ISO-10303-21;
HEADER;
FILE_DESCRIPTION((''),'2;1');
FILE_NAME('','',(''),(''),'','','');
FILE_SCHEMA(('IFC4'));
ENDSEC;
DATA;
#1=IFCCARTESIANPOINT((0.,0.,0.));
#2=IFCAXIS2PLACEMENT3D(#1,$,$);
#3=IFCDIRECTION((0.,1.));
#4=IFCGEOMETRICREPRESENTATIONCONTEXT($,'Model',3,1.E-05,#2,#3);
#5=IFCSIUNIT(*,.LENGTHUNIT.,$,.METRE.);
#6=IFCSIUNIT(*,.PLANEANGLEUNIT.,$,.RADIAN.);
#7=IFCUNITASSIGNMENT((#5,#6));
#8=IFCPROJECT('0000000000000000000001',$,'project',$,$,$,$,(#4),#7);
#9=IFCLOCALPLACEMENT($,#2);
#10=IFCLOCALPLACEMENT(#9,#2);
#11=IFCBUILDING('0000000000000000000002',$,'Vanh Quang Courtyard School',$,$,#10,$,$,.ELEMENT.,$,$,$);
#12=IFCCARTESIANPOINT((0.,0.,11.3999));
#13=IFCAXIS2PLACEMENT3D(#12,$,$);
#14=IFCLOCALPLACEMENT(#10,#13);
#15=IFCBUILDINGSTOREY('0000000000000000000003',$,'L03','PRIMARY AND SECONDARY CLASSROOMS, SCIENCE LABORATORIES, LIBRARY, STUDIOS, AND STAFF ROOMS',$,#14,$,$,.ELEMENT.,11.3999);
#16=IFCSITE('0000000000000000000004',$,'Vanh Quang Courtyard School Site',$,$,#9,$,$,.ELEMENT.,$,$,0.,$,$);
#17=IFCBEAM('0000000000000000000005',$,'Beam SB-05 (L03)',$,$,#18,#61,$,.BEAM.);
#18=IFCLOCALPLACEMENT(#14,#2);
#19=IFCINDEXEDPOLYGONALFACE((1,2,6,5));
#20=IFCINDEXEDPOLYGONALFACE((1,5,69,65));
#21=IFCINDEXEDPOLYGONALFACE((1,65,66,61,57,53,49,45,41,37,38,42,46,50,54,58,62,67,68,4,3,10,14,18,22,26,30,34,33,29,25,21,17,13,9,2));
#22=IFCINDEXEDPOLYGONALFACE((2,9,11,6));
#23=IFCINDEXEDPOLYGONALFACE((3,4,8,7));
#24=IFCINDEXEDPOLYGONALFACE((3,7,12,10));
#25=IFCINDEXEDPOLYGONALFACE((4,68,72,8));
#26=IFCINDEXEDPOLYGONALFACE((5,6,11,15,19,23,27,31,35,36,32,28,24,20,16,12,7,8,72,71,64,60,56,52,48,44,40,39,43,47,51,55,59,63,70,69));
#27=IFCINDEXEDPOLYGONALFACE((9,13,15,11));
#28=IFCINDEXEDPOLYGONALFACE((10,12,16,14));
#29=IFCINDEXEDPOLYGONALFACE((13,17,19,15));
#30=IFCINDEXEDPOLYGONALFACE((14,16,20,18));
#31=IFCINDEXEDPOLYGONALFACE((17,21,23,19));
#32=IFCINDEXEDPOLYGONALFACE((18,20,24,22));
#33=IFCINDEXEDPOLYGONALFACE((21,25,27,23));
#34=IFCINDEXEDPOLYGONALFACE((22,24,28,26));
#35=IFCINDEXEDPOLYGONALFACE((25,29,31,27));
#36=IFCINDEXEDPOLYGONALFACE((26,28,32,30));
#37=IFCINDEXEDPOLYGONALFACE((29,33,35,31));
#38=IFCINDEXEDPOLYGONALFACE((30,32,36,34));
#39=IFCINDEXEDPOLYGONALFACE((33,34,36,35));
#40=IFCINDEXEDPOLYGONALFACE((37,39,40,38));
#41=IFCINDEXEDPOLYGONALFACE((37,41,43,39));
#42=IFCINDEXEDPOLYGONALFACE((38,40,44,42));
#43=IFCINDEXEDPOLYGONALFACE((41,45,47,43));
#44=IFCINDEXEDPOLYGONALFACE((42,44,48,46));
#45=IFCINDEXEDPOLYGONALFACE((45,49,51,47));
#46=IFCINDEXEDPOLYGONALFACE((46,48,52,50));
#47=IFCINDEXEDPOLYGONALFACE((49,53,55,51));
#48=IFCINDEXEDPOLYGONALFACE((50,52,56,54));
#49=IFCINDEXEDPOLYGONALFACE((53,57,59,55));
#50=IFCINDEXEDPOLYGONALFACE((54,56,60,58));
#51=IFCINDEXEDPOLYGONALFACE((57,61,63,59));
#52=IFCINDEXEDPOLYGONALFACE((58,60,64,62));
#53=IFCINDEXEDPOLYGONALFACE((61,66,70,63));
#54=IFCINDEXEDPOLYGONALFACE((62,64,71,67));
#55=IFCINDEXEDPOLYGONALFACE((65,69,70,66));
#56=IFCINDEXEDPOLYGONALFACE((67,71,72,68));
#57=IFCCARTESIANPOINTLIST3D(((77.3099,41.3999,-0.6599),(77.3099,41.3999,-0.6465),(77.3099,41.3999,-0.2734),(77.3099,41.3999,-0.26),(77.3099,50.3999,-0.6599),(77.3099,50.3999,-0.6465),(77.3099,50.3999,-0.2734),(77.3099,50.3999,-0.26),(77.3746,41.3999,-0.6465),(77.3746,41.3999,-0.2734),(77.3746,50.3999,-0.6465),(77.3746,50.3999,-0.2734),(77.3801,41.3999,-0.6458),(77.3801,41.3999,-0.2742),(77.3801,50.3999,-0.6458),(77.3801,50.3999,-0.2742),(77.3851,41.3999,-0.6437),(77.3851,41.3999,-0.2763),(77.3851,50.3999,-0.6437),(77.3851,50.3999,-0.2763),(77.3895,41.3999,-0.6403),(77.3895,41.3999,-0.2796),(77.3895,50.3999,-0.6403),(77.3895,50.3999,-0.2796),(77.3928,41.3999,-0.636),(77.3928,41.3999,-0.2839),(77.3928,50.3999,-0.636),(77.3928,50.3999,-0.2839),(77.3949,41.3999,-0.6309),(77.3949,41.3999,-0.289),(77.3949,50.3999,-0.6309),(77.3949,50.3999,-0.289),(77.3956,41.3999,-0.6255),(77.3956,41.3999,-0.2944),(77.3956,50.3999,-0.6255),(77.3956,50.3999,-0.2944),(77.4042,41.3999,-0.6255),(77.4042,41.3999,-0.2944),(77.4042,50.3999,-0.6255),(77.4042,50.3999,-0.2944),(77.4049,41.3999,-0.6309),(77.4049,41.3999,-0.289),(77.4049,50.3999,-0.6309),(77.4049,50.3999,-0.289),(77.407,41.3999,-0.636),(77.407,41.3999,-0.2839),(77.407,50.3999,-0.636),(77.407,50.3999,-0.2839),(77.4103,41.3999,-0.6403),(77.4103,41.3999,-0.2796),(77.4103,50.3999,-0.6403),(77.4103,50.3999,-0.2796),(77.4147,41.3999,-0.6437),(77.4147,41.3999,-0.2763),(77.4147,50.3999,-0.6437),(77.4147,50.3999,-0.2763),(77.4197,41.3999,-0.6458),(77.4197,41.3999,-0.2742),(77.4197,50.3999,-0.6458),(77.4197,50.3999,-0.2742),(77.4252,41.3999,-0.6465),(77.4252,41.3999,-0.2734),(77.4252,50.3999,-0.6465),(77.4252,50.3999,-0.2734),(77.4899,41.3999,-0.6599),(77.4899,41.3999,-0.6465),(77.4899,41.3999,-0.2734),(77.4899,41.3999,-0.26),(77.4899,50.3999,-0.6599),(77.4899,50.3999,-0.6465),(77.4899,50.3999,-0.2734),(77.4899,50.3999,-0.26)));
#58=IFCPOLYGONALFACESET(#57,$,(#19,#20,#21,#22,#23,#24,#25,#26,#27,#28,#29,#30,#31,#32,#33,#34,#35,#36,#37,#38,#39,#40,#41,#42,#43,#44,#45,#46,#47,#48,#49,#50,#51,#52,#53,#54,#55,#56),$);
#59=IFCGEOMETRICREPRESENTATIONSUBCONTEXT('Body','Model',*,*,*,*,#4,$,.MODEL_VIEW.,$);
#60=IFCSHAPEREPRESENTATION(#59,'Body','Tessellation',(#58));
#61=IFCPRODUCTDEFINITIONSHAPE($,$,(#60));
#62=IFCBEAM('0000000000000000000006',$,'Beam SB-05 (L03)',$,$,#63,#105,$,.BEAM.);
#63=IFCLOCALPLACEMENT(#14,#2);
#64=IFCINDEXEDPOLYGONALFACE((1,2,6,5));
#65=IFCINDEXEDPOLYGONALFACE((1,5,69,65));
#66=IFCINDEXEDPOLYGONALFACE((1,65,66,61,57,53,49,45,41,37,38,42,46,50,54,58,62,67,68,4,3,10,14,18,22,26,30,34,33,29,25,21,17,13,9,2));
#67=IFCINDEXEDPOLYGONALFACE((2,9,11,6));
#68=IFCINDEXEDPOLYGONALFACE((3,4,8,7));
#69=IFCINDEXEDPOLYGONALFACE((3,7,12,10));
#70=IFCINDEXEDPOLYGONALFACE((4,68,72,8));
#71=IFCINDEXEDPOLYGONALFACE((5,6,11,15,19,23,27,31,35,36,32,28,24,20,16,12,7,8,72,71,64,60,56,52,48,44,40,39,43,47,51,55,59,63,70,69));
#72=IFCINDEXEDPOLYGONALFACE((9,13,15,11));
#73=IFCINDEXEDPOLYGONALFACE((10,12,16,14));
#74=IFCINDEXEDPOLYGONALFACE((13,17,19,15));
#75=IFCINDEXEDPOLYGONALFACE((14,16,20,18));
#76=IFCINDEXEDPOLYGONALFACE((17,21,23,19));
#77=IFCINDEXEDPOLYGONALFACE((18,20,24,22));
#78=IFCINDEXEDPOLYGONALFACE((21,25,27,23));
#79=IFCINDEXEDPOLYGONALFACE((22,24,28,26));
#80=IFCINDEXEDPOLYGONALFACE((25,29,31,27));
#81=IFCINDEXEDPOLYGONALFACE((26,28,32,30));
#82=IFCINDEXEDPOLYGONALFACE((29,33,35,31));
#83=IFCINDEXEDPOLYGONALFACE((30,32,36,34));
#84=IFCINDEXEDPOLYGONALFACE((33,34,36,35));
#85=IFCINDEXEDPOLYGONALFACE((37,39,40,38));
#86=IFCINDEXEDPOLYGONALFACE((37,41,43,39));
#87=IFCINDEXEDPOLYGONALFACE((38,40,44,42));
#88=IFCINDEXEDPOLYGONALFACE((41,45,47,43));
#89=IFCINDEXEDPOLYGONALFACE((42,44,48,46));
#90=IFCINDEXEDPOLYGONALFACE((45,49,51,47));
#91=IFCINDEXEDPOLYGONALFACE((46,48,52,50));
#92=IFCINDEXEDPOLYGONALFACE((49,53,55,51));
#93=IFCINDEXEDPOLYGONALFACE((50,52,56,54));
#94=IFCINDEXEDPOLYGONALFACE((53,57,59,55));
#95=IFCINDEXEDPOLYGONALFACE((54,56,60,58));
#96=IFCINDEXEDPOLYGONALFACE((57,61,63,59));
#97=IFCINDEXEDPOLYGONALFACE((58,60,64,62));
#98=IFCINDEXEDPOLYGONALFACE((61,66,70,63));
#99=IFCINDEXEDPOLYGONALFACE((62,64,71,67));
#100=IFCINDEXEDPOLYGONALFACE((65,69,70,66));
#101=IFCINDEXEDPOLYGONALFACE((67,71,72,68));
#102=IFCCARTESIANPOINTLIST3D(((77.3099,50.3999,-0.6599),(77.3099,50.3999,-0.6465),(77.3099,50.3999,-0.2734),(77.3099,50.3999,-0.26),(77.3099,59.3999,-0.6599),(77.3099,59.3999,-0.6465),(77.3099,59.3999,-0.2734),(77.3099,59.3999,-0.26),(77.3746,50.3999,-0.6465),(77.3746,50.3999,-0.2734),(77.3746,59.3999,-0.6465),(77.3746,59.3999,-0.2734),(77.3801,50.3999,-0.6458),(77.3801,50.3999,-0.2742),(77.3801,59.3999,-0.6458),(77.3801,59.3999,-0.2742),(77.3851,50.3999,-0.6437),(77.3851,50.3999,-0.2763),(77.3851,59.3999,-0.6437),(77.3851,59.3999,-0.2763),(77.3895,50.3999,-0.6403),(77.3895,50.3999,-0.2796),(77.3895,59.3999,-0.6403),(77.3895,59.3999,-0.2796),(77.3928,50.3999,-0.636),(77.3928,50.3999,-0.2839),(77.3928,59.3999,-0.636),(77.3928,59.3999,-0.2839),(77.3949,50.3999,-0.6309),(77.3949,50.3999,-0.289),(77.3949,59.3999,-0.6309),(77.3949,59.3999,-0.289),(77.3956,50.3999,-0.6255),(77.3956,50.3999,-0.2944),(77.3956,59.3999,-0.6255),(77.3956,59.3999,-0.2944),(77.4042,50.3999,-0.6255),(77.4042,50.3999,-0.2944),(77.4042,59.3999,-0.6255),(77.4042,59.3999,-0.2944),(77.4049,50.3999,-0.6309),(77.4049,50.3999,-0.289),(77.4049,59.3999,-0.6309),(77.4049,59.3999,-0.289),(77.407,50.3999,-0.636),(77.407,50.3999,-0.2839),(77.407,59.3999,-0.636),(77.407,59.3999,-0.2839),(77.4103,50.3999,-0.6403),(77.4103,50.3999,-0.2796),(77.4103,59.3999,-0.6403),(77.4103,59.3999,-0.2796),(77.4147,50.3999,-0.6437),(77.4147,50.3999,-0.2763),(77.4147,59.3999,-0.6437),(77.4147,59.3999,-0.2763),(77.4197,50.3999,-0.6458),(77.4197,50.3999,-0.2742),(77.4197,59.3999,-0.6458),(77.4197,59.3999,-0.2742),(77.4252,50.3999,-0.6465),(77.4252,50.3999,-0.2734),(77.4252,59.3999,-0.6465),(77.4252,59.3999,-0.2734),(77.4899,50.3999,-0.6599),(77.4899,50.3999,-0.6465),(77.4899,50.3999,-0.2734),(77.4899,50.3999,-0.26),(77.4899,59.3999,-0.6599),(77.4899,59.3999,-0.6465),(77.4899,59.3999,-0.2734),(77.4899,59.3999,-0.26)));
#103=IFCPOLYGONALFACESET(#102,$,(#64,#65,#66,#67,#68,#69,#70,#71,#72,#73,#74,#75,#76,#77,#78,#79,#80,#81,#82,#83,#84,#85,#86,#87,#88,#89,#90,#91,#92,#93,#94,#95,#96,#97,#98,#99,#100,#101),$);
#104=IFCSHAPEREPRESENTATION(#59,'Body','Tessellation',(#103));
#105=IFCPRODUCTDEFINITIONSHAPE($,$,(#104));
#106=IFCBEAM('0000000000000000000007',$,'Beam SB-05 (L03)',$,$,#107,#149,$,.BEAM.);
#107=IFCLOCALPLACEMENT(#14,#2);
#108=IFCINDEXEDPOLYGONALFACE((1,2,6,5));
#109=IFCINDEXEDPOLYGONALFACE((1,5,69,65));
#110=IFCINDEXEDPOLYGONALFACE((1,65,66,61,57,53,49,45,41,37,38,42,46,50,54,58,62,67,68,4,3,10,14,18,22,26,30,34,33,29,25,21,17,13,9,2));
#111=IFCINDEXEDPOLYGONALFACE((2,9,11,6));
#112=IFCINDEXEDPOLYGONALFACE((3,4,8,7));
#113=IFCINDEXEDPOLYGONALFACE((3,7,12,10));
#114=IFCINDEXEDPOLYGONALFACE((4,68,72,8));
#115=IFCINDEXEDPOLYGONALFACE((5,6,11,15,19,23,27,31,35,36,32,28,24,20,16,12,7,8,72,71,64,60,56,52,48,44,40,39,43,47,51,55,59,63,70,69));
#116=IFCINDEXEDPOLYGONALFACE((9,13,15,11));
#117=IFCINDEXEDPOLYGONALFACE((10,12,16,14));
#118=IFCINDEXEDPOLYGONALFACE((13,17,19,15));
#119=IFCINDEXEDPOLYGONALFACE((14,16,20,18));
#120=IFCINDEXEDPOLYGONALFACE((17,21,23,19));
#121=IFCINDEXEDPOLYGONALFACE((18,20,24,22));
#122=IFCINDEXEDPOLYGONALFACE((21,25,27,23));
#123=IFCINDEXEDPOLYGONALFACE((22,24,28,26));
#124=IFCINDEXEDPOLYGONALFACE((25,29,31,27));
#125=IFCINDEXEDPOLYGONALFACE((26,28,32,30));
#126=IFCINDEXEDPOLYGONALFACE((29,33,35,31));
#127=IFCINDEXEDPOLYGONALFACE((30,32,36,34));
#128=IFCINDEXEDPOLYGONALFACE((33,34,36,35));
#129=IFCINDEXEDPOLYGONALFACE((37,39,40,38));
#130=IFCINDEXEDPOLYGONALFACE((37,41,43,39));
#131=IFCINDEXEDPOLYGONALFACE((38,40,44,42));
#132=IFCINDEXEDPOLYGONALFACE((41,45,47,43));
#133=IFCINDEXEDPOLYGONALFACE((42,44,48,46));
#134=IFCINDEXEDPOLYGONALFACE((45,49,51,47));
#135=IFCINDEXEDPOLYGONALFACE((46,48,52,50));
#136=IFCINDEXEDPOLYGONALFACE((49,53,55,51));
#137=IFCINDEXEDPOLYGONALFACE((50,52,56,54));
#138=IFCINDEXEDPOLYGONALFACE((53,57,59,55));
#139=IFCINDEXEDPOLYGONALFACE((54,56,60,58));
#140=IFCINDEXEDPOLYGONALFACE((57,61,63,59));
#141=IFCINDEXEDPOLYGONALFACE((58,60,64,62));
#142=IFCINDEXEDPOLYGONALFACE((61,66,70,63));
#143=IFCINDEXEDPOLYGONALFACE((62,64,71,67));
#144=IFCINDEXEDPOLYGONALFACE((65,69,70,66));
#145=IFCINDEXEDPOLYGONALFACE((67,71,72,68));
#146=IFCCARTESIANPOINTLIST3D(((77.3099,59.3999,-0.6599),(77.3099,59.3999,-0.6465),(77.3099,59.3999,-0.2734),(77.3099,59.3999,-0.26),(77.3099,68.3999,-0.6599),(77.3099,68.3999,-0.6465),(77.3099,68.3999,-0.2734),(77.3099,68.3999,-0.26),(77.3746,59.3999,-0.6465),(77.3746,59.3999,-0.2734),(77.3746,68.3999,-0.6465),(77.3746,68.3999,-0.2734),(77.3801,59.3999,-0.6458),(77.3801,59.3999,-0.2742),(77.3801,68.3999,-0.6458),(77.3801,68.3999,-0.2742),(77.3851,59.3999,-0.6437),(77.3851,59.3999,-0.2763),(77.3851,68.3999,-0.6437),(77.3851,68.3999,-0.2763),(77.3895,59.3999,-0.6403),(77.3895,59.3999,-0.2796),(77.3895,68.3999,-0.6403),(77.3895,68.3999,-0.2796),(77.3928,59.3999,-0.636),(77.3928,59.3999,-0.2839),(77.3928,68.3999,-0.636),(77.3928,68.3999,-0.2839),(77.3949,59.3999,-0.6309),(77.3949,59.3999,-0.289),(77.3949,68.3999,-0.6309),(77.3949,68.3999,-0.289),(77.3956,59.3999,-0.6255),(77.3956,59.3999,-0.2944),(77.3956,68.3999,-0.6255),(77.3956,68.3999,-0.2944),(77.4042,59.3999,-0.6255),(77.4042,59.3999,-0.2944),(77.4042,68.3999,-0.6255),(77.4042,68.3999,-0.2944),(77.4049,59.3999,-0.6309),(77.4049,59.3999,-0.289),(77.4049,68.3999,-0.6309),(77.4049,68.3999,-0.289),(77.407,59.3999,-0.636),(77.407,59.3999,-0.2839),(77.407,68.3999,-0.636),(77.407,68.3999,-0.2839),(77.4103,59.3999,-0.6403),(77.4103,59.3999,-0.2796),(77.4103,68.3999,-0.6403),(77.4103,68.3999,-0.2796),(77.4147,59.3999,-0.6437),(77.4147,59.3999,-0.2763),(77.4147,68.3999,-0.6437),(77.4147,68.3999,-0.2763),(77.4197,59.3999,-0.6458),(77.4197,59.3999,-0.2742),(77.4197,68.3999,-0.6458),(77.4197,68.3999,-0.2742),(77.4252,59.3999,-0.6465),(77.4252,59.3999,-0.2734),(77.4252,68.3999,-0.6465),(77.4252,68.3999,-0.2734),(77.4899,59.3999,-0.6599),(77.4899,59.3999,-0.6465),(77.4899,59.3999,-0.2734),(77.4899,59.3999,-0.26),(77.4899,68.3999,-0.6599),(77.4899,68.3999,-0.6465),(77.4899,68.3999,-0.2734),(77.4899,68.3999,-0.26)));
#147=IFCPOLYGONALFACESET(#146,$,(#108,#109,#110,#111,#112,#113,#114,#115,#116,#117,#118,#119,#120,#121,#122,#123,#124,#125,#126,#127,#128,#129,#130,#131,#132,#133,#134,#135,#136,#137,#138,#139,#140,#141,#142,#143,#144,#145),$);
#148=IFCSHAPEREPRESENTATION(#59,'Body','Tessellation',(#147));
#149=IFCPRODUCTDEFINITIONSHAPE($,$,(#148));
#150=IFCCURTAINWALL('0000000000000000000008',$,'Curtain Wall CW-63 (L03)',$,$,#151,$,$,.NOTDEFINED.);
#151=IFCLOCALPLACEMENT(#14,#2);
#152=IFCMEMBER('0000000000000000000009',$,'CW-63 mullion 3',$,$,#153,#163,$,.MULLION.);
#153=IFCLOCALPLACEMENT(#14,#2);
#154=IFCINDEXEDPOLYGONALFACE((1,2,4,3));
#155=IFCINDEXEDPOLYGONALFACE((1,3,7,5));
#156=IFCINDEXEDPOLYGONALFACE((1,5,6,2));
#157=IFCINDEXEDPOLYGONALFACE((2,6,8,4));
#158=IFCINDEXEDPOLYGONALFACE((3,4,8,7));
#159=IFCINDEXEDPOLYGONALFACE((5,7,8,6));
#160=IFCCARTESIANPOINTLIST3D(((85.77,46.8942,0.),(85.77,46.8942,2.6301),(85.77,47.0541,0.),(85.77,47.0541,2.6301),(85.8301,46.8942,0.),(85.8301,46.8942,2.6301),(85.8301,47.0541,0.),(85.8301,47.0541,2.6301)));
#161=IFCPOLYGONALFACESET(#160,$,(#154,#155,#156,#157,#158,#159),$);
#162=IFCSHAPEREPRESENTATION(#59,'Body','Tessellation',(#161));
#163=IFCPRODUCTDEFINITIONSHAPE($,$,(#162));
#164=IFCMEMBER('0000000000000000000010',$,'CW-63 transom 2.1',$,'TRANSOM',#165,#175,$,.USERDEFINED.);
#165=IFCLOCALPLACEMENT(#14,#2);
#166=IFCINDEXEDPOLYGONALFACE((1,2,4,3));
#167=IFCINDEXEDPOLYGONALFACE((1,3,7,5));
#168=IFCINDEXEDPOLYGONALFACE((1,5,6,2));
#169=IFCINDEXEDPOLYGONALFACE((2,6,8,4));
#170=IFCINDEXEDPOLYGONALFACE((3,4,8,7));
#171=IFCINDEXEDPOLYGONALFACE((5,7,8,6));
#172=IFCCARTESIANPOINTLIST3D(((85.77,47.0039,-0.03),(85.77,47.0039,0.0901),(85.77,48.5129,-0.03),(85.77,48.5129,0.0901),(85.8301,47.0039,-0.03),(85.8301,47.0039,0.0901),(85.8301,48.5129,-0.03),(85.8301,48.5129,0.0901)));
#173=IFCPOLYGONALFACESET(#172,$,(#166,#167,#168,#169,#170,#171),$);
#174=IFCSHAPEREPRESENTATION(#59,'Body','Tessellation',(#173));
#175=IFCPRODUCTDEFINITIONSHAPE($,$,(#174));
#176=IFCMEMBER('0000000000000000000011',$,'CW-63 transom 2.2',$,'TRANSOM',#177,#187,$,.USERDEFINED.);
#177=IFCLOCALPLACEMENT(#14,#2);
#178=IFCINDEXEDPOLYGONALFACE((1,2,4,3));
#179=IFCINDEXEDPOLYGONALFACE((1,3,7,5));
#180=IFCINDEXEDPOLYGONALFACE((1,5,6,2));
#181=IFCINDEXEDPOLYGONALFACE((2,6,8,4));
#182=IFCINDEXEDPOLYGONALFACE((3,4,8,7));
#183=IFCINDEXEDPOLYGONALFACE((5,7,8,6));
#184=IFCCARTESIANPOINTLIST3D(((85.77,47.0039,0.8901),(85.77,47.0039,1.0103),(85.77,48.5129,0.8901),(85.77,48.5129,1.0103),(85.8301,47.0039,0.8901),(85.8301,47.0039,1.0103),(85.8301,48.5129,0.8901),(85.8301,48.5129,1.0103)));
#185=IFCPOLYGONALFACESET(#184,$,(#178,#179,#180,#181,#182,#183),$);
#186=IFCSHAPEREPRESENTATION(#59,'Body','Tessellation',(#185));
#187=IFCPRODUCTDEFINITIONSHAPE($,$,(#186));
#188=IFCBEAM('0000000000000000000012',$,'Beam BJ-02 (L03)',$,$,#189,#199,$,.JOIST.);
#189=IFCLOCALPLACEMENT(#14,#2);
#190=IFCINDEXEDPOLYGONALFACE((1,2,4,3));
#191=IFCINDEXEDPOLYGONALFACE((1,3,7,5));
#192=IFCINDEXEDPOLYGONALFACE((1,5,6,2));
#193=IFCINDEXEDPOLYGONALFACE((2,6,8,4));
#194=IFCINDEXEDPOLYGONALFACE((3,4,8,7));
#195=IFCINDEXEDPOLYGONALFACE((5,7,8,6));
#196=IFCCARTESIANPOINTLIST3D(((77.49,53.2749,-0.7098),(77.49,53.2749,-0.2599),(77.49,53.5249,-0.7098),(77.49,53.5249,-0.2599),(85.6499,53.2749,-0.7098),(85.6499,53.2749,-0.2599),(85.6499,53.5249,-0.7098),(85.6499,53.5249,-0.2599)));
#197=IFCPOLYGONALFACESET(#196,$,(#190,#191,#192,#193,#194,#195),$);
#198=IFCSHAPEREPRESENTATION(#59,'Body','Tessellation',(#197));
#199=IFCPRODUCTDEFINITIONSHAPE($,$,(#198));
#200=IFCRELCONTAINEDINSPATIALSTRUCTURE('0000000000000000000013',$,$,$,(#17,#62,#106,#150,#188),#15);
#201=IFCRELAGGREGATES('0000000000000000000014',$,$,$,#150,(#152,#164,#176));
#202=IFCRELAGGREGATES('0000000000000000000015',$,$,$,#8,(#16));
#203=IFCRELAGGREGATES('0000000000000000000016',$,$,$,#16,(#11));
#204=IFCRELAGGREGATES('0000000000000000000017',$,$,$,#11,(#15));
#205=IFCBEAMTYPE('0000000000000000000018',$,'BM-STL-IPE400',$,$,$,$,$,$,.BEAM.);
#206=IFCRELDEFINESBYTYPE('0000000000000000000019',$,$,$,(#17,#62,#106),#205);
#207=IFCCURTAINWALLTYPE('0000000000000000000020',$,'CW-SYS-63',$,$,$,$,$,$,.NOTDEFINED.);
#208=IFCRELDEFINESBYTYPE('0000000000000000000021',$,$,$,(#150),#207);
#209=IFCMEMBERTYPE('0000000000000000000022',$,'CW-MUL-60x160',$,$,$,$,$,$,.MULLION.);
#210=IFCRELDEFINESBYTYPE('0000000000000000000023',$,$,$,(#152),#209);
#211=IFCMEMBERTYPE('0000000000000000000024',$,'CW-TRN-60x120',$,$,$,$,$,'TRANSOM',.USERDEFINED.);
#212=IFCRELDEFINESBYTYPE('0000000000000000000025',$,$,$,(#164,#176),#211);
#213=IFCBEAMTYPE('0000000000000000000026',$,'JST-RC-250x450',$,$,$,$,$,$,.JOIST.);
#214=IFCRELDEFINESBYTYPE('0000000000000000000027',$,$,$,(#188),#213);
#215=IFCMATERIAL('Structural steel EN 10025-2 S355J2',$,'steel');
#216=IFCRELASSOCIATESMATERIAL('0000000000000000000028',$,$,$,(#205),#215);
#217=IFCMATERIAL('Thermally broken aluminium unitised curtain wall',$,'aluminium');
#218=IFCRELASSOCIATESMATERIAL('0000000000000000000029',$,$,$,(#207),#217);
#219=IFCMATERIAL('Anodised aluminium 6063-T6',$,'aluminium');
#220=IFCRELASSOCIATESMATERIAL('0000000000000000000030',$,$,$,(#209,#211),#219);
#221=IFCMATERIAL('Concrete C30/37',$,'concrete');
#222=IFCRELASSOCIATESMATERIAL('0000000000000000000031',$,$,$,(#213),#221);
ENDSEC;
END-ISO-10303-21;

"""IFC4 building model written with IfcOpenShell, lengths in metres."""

from ifc_helpers import new_model, si_unit, direction, frame, origin, origin_2d, place, context, subcontext, project, spatial, rectangle, i_section, extrude, material, material_profile, profile_set, type_object, element, aggregate, save


model = new_model("IFC4")

# Units and contexts
model_context = context("Model", 3, precision=1e-05, world=origin(), true_north=direction((0.0, 1.0)))
body_context = subcontext(model_context, "Body", "Model", "MODEL_VIEW")
ifc_project = project(units=[si_unit("LENGTHUNIT", "METRE"), si_unit("PLANEANGLEUNIT", "RADIAN")], contexts=[model_context])

# Site, building, storey
site_placement = place(None, origin())
site = spatial("IfcSite", under=ifc_project, at=site_placement, Name="Vanh Quang Courtyard School Site", CompositionType="ELEMENT", RefElevation=0.0)
building_placement = place(site_placement, origin())
building = spatial("IfcBuilding", under=site, at=building_placement, Name="Vanh Quang Courtyard School", CompositionType="ELEMENT")
storey_placement = place(building_placement, frame((0.0, 0.0, 11.3999)))
storey = spatial("IfcBuildingStorey", under=building, at=storey_placement, Name="L03", Description="PRIMARY AND SECONDARY CLASSROOMS, SCIENCE LABORATORIES, LIBRARY, STUDIOS, AND STAFF ROOMS", CompositionType="ELEMENT", Elevation=11.3999)

# Beams
ifc_material_1 = material(Name="Structural steel EN 10025-2 S355J2", Category="steel")
ifc_material_profile_1 = material_profile(ifc_material_1, i_section(OverallWidth=0.1799, OverallDepth=0.3999, WebThickness=0.0085, FlangeThickness=0.0134, FilletRadius=0.021, at=origin_2d()), Name="IPE 400")
ifc_profile_set_1 = profile_set([ifc_material_profile_1], Name="Structural steel EN 10025-2 S355J2")
beam_type_1 = type_object("IfcBeamType", Name="BM-STL-IPE400", PredefinedType="BEAM", material=ifc_profile_set_1)
for number, where, z_axis, x_axis, name in (
    (1, (77.3999, 41.3999, -0.46), (0.0, 1.0, 0.0), (-1.0, 0.0, 0.0), "Beam SB-05 (L03)"),
    (2, (77.3999, 50.3999, -0.46), (0.0, 1.0, 0.0), (-1.0, 0.0, 0.0), "Beam SB-05 (L03)"),
    (3, (77.3999, 59.3999, -0.46), (0.0, 1.0, 0.0), (-1.0, 0.0, 0.0), "Beam SB-05 (L03)"),
):
    element("IfcBeam", number, at=place(storey_placement, frame(where, z_axis=z_axis, x_axis=x_axis)), inside=storey, type_object=beam_type_1, Name=name, PredefinedType="BEAM", context=body_context, shape_type="SweptSolid", body=[
        extrude(i_section(OverallWidth=0.1799, OverallDepth=0.3999, WebThickness=0.0085, FlangeThickness=0.0134, FilletRadius=0.021, at=origin_2d()), origin(), (0.0, 0.0, 1.0), 9.0),
    ])

# Curtain wall, members
ifc_material_2 = material(Name="Thermally broken aluminium unitised curtain wall", Category="aluminium")
curtain_wall_type = type_object("IfcCurtainWallType", Name="CW-SYS-63", PredefinedType="NOTDEFINED", material=ifc_material_2)
curtain_wall_placement = place(storey_placement, origin())
curtain_wall = element("IfcCurtainWall", 4, at=curtain_wall_placement, inside=storey, type_object=curtain_wall_type, Name="Curtain Wall CW-63 (L03)", PredefinedType="NOTDEFINED")
ifc_material_3 = material(Name="Anodised aluminium 6063-T6", Category="aluminium")
ifc_material_profile_2 = material_profile(ifc_material_3, rectangle(XDim=0.0601, YDim=0.1599, at=origin_2d()), Name="ALU-MUL 60x160")
ifc_profile_set_2 = profile_set([ifc_material_profile_2], Name="Anodised aluminium 6063-T6")
member_type_1 = type_object("IfcMemberType", Name="CW-MUL-60x160", PredefinedType="MULLION", material=ifc_profile_set_2)
member_1_placement = place(storey_placement, frame((85.8, 46.9741, 0.0), z_axis=(0.0, 0.0, 1.0), x_axis=(1.0, 0.0, 0.0)))
member_1 = element("IfcMember", 5, at=member_1_placement, type_object=member_type_1, Name="CW-63 mullion 3", PredefinedType="MULLION", context=body_context, shape_type="SweptSolid", body=[
    extrude(rectangle(XDim=0.0601, YDim=0.1599, at=origin_2d()), origin(), (0.0, 0.0, 1.0), 2.6301),
])
ifc_material_profile_3 = material_profile(ifc_material_3, rectangle(XDim=0.0601, YDim=0.1201, at=origin_2d()), Name="ALU-TRN 60x120")
ifc_profile_set_3 = profile_set([ifc_material_profile_3], Name="Anodised aluminium 6063-T6")
member_type_2 = type_object("IfcMemberType", Name="CW-TRN-60x120", ElementType="TRANSOM", PredefinedType="USERDEFINED", material=ifc_profile_set_3)
member_2_placement = place(storey_placement, frame((85.8, 48.5129, 0.03), z_axis=(0.0, -1.0, 0.0), x_axis=(1.0, 0.0, 0.0)))
member_2 = element("IfcMember", 6, at=member_2_placement, type_object=member_type_2, Name="CW-63 transom 2.1", ObjectType="TRANSOM", PredefinedType="USERDEFINED", context=body_context, shape_type="SweptSolid", body=[
    extrude(rectangle(XDim=0.0601, YDim=0.1201, at=origin_2d()), origin(), (0.0, 0.0, 1.0), 1.509),
])
member_3_placement = place(storey_placement, frame((85.8, 48.5129, 0.9502), z_axis=(0.0, -1.0, 0.0), x_axis=(1.0, 0.0, 0.0)))
member_3 = element("IfcMember", 7, at=member_3_placement, type_object=member_type_2, Name="CW-63 transom 2.2", ObjectType="TRANSOM", PredefinedType="USERDEFINED", context=body_context, shape_type="SweptSolid", body=[
    extrude(rectangle(XDim=0.0601, YDim=0.1201, at=origin_2d()), origin(), (0.0, 0.0, 1.0), 1.509),
])

# Beam
ifc_material_4 = material(Name="Concrete C30/37", Category="concrete")
ifc_material_profile_4 = material_profile(ifc_material_4, rectangle(XDim=0.25, YDim=0.45, at=origin_2d()), Name="RC-JST 250x450")
ifc_profile_set_4 = profile_set([ifc_material_profile_4], Name="Concrete C30/37")
beam_type_2 = type_object("IfcBeamType", Name="JST-RC-250x450", PredefinedType="JOIST", material=ifc_profile_set_4)
for number, where, z_axis, x_axis, name in (
    (8, (77.49, 53.3999, -0.4849), (1.0, 0.0, 0.0), (0.0, 1.0, 0.0), "Beam BJ-02 (L03)"),
):
    element("IfcBeam", number, at=place(storey_placement, frame(where, z_axis=z_axis, x_axis=x_axis)), inside=storey, type_object=beam_type_2, Name=name, PredefinedType="JOIST", context=body_context, shape_type="SweptSolid", body=[
        extrude(rectangle(XDim=0.25, YDim=0.45, at=origin_2d()), origin(), (0.0, 0.0, 1.0), 8.1599),
    ])

aggregate(curtain_wall, [member_1, member_2, member_3])

save(model, "model.ifc")
